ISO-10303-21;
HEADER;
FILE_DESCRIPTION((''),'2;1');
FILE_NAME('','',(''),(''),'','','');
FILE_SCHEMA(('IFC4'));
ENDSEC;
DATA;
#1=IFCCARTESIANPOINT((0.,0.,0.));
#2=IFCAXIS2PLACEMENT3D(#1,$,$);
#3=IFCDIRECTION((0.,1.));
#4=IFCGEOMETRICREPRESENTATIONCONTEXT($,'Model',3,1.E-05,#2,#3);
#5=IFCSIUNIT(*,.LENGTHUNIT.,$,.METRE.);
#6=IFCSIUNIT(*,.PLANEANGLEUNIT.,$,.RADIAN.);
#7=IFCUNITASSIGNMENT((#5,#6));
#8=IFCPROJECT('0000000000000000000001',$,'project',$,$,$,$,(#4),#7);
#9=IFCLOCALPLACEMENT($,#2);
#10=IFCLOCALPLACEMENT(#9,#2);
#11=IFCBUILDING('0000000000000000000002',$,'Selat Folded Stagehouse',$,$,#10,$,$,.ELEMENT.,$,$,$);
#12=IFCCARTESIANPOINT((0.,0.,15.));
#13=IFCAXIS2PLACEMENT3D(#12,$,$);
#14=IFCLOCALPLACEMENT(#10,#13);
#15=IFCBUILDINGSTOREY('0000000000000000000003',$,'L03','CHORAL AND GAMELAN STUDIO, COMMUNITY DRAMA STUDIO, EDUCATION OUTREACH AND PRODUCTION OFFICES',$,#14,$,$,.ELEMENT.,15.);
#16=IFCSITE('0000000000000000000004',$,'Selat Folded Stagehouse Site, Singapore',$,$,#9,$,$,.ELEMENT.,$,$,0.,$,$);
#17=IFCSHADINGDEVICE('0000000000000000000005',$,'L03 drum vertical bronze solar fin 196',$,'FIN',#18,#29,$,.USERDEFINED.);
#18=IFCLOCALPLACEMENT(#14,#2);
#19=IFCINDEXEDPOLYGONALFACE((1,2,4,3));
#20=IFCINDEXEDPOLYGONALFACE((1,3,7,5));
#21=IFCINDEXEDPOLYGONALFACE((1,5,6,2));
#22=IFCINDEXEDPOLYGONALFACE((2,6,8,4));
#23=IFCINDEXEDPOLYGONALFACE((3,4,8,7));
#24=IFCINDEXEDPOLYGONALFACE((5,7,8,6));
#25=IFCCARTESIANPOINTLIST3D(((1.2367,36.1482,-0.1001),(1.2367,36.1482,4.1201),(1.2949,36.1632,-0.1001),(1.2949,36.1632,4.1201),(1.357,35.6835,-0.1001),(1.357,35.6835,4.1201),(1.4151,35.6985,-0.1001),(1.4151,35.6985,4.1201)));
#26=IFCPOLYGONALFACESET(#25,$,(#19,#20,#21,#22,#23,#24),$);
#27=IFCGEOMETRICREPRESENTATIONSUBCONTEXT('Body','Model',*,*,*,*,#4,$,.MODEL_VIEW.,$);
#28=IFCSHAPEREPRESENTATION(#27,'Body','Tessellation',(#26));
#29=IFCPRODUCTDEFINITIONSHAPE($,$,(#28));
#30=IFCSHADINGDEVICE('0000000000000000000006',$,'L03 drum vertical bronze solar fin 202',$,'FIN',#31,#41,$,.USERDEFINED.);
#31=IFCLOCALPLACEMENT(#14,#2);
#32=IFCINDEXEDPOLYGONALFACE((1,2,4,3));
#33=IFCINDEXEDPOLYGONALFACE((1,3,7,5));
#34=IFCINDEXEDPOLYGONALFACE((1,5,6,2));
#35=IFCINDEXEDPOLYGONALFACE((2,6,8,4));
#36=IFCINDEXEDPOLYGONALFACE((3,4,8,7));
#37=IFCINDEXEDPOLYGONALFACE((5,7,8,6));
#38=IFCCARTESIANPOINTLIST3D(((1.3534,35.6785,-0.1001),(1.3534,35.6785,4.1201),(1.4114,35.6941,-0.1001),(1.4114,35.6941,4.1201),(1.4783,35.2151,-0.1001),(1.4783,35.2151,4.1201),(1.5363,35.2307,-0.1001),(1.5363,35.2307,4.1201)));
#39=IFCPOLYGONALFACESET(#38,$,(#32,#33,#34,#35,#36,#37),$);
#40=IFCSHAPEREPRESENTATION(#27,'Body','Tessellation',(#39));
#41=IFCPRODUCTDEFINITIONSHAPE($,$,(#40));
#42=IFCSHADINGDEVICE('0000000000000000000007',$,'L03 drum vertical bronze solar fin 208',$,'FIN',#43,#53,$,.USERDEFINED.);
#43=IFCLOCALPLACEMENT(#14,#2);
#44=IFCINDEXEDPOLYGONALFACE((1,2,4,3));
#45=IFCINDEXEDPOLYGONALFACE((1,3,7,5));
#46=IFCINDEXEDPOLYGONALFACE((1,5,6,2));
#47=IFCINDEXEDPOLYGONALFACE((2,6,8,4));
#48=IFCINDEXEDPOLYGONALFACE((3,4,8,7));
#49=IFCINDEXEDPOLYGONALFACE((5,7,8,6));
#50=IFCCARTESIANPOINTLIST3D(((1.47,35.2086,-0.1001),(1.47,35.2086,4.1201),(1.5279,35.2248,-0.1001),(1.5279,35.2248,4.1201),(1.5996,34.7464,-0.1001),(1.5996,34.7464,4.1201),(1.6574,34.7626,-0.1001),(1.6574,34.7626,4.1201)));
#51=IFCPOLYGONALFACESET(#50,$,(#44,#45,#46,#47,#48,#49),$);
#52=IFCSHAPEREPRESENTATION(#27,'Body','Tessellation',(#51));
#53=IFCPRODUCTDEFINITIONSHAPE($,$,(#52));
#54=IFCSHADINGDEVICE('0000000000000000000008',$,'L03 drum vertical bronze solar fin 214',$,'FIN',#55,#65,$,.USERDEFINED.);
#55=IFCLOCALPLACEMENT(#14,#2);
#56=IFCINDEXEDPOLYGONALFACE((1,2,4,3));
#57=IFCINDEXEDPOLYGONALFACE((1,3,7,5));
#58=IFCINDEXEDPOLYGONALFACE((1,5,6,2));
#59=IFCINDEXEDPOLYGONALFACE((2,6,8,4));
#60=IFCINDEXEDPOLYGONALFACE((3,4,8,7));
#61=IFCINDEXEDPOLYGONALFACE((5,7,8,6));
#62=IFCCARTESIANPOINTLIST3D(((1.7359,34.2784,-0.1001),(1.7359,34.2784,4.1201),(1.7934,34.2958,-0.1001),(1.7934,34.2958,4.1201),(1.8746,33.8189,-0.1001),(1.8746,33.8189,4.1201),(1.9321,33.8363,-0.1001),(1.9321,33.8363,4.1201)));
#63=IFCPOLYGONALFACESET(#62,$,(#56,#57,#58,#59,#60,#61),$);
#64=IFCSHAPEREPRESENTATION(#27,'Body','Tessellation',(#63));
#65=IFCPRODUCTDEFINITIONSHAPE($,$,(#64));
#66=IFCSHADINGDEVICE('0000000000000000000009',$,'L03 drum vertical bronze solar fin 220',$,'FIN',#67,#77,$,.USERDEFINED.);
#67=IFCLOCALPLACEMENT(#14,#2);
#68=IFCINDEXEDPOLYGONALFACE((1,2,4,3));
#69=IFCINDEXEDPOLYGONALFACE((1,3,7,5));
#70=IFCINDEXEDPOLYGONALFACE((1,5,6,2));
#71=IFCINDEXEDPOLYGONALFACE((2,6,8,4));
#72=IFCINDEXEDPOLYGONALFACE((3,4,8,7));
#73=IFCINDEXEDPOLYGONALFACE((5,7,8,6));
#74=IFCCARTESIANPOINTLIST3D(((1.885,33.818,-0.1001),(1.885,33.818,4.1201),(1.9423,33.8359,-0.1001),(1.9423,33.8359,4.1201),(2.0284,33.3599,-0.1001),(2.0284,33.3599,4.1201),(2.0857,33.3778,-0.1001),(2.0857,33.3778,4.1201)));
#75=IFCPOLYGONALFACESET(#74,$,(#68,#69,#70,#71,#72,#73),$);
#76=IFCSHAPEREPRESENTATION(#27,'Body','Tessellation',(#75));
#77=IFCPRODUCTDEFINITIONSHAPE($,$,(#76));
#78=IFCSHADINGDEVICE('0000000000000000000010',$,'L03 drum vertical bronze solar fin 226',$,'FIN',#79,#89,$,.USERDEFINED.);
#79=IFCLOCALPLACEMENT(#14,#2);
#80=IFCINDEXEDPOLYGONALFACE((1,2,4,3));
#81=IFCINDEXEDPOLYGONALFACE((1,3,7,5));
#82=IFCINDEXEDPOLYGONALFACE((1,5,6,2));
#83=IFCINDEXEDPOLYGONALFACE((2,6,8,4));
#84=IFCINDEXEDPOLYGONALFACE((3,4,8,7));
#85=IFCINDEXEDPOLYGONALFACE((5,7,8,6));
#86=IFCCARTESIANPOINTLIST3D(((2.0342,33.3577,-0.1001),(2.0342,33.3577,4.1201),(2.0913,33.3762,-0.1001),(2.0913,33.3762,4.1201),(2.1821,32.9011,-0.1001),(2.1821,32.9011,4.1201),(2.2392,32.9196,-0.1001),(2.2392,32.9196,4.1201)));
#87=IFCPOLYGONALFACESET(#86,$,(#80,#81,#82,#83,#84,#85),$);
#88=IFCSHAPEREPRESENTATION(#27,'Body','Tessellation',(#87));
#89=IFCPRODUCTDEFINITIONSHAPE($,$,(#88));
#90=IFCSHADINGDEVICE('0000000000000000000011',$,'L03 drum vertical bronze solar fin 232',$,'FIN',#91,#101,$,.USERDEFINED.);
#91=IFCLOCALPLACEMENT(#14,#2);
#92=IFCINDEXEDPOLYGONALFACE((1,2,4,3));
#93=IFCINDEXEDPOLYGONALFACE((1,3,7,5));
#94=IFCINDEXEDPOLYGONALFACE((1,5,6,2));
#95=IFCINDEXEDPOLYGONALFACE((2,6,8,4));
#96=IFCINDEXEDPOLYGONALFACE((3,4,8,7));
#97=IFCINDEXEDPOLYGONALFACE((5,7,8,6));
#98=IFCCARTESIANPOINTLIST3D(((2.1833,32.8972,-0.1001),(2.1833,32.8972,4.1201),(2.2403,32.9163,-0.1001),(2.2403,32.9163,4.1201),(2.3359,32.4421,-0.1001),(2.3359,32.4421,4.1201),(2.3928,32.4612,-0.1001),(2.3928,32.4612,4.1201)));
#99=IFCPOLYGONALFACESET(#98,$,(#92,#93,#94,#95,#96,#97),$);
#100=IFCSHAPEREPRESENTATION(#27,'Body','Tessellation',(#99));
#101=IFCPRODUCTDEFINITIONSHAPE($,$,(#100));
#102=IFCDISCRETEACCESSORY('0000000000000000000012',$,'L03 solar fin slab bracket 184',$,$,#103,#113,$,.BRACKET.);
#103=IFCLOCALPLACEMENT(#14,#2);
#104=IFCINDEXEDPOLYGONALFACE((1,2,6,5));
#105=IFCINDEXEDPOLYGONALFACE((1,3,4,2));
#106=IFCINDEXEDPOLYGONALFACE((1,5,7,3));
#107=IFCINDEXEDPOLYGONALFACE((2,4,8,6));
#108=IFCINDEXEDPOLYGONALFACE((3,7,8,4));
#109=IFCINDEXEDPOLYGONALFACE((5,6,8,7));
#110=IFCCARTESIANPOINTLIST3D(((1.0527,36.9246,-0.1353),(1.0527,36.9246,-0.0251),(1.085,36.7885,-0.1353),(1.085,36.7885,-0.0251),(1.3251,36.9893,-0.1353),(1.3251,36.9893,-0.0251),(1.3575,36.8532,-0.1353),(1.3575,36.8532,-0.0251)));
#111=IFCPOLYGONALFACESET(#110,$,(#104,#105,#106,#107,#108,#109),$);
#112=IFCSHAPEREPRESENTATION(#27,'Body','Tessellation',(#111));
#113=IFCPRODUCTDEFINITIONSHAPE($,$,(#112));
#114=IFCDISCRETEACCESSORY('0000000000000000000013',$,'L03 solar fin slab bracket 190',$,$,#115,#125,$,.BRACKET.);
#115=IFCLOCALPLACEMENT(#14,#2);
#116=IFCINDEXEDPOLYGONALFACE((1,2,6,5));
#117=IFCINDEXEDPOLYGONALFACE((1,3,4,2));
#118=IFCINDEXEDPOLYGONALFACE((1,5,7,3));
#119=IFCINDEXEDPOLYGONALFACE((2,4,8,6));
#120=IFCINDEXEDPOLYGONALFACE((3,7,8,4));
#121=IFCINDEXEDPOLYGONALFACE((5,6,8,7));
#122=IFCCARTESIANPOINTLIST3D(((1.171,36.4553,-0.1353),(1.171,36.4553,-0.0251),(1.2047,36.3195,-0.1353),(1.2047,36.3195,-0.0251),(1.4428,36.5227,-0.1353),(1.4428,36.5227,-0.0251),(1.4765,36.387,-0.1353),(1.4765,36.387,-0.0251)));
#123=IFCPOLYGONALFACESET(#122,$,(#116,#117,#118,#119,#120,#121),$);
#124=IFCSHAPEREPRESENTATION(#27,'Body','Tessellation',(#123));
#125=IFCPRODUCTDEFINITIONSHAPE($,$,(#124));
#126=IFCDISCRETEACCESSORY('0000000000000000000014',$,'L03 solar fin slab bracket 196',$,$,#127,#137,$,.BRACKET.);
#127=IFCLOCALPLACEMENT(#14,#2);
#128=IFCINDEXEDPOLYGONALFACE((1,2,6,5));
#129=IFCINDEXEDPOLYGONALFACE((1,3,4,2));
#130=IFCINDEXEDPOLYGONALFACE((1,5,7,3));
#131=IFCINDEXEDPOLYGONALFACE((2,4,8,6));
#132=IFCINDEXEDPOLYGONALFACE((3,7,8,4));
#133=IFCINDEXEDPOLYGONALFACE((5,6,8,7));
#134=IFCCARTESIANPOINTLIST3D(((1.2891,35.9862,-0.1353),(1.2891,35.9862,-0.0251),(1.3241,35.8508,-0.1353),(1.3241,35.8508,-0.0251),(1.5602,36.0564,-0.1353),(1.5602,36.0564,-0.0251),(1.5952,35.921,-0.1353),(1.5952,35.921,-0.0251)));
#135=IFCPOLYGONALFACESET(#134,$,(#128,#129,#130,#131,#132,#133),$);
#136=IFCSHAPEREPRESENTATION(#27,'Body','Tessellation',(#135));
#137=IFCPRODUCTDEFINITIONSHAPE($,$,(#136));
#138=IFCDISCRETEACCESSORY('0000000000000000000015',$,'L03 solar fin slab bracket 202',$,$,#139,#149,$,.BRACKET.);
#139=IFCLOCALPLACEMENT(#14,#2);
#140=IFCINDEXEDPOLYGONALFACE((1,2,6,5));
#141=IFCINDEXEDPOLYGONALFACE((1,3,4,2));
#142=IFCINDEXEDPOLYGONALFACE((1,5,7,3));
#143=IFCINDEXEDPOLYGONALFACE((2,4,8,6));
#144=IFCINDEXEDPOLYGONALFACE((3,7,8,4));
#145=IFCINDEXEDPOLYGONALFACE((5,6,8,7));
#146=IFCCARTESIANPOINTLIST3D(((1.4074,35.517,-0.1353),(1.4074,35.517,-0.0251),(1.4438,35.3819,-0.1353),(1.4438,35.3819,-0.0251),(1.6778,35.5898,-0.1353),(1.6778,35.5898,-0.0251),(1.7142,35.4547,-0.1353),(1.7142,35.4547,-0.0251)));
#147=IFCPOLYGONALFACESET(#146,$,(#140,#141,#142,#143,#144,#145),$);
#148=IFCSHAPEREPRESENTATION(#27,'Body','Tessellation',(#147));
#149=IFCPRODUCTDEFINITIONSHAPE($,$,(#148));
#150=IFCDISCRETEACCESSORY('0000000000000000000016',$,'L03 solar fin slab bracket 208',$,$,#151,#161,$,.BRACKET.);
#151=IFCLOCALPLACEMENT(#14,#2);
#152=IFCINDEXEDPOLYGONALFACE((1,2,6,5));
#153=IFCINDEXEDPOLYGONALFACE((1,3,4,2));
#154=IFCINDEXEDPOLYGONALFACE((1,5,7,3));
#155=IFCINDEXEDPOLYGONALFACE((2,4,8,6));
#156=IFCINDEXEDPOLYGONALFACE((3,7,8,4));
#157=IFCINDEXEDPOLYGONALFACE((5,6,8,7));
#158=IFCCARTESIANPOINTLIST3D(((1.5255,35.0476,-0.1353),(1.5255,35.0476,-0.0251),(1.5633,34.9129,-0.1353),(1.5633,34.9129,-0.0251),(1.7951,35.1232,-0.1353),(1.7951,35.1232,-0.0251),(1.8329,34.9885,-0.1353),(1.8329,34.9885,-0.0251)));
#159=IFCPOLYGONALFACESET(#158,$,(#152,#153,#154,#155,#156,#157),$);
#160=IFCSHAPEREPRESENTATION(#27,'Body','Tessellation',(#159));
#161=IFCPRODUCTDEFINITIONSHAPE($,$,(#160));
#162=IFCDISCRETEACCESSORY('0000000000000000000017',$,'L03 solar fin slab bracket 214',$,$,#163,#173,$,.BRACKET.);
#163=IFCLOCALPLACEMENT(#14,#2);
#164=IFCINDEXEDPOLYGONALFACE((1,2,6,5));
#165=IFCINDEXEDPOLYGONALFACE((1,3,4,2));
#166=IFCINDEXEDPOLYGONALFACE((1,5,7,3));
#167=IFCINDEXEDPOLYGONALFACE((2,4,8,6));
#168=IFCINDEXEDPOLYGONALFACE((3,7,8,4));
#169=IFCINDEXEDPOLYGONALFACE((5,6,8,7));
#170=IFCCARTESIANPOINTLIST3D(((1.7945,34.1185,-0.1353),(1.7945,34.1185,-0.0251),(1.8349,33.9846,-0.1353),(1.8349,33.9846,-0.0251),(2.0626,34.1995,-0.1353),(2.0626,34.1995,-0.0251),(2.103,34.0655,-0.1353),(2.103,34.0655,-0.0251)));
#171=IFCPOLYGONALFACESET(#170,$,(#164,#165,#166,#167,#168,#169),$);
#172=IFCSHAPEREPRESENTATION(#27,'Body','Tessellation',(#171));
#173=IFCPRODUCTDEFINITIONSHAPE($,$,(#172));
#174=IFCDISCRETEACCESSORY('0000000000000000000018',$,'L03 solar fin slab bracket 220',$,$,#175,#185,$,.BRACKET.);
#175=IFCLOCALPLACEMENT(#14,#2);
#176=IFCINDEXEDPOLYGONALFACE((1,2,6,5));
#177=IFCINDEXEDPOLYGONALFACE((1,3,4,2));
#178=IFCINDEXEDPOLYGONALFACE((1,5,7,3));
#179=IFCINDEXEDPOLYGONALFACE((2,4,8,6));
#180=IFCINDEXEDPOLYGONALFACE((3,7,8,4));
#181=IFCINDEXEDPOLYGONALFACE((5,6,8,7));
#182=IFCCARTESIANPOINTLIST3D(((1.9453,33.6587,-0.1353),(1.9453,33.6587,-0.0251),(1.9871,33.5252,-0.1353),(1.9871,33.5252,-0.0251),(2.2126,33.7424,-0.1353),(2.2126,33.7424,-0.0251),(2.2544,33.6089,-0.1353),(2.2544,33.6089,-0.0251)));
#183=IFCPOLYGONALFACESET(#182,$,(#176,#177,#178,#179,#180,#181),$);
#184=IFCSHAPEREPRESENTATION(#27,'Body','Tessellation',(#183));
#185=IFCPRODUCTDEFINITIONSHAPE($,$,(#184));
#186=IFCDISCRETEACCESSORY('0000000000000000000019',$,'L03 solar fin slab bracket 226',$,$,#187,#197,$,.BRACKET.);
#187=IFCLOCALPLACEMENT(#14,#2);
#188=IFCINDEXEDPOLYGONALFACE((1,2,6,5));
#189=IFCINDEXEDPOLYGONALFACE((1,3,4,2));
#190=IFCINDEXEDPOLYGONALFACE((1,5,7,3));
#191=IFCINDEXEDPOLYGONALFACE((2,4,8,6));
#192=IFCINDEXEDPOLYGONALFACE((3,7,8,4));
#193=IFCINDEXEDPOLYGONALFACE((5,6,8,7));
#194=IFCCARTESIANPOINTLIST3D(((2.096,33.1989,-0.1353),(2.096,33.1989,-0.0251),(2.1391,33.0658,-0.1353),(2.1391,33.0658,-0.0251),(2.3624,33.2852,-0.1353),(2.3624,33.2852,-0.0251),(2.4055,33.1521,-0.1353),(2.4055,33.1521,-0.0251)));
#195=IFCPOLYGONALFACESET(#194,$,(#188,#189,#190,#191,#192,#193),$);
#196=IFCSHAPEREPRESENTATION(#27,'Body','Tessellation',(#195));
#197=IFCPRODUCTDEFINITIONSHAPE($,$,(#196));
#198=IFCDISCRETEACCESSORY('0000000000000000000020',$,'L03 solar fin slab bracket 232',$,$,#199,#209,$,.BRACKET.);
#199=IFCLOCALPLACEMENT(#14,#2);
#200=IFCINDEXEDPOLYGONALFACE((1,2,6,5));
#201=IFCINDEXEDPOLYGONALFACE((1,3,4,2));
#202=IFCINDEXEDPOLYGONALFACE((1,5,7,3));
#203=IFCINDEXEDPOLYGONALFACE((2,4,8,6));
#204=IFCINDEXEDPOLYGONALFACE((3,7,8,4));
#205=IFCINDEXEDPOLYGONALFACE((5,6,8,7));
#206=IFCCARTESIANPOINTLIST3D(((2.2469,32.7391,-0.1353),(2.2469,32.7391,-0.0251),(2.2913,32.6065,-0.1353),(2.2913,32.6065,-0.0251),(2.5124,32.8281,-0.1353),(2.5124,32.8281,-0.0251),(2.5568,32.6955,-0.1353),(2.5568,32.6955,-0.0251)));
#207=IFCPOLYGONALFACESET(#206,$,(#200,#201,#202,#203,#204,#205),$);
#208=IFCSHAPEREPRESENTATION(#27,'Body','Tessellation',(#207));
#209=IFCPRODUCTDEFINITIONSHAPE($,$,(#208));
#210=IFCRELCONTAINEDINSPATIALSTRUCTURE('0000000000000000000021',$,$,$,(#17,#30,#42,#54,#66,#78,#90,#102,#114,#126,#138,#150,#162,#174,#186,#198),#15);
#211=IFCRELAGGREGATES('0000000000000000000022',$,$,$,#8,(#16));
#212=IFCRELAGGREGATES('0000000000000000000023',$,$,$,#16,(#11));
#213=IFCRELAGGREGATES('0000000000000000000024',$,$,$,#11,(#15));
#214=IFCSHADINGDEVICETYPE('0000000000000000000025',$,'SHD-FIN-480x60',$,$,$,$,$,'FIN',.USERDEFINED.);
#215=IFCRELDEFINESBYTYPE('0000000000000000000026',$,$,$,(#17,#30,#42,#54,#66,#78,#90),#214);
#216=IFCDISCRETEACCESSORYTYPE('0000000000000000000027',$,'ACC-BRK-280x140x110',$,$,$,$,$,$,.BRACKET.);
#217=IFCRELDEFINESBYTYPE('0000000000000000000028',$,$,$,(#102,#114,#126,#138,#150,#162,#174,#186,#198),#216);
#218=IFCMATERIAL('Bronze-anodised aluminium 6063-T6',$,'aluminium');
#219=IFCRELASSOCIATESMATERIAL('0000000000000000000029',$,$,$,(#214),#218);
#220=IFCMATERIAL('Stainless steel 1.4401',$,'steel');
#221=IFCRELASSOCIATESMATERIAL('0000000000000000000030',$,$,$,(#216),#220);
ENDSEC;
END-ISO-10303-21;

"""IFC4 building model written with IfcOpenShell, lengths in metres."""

from ifc_helpers import new_model, si_unit, direction, frame, origin, origin_2d, place, context, subcontext, project, spatial, rectangle, extrude, material, material_profile, profile_set, type_object, element, save


model = new_model("IFC4")

# Units and contexts
model_context = context("Model", 3, precision=1e-05, world=origin(), true_north=direction((0.0, 1.0)))
body_context = subcontext(model_context, "Body", "Model", "MODEL_VIEW")
ifc_project = project(units=[si_unit("LENGTHUNIT", "METRE"), si_unit("PLANEANGLEUNIT", "RADIAN")], contexts=[model_context])

# Site, building, storey
site_placement = place(None, origin())
site = spatial("IfcSite", under=ifc_project, at=site_placement, Name="Selat Folded Stagehouse Site, Singapore", CompositionType="ELEMENT", RefElevation=0.0)
building_placement = place(site_placement, origin())
building = spatial("IfcBuilding", under=site, at=building_placement, Name="Selat Folded Stagehouse", CompositionType="ELEMENT")
storey_placement = place(building_placement, frame((0.0, 0.0, 15.0)))
storey = spatial("IfcBuildingStorey", under=building, at=storey_placement, Name="L03", Description="CHORAL AND GAMELAN STUDIO, COMMUNITY DRAMA STUDIO, EDUCATION OUTREACH AND PRODUCTION OFFICES", CompositionType="ELEMENT", Elevation=15.0)

# Shading devices
ifc_material_1 = material(Name="Bronze-anodised aluminium 6063-T6", Category="aluminium")
ifc_material_profile_1 = material_profile(ifc_material_1, rectangle(XDim=0.0601, YDim=0.48, at=origin_2d()), Name="SOLAR-FIN 480x60")
ifc_profile_set_1 = profile_set([ifc_material_profile_1], Name="Bronze-anodised aluminium 6063-T6")
shading_device_type = type_object("IfcShadingDeviceType", Name="SHD-FIN-480x60", ElementType="FIN", PredefinedType="USERDEFINED", material=ifc_profile_set_1)
for number, where, z_axis, x_axis, name in (
    (1, (1.3259, 35.9233, -0.1001), (0.0, 0.0, 1.0), (-0.968104, -0.250549, 0.0), "L03 drum vertical bronze solar fin 196"),
    (2, (1.4448, 35.4546, -0.1001), (0.0, 0.0, 1.0), (-0.965564, -0.260167, 0.0), "L03 drum vertical bronze solar fin 202"),
    (3, (1.5637, 34.9856, -0.1001), (0.0, 0.0, 1.0), (-0.96288, -0.269928, 0.0), "L03 drum vertical bronze solar fin 208"),
    (4, (1.834, 34.0574, -0.1001), (0.0, 0.0, 1.0), (-0.957319, -0.289032, 0.0), "L03 drum vertical bronze solar fin 214"),
    (5, (1.9854, 33.5979, -0.1001), (0.0, 0.0, 1.0), (-0.954345, -0.298708, 0.0), "L03 drum vertical bronze solar fin 220"),
    (6, (2.1367, 33.1387, -0.1001), (0.0, 0.0, 1.0), (-0.951326, -0.308187, 0.0), "L03 drum vertical bronze solar fin 226"),
    (7, (2.2881, 32.6792, -0.1001), (0.0, 0.0, 1.0), (-0.948157, -0.317801, 0.0), "L03 drum vertical bronze solar fin 232"),
):
    element("IfcShadingDevice", number, at=place(storey_placement, frame(where, z_axis=z_axis, x_axis=x_axis)), inside=storey, type_object=shading_device_type, Name=name, ObjectType="FIN", PredefinedType="USERDEFINED", context=body_context, shape_type="SweptSolid", body=[
        extrude(rectangle(XDim=0.0601, YDim=0.48, at=origin_2d()), origin(), (0.0, 0.0, 1.0), 4.2202),
    ])

# Discrete accessories
ifc_material_2 = material(Name="Stainless steel 1.4401", Category="steel")
discrete_accessory_type = type_object("IfcDiscreteAccessoryType", Name="ACC-BRK-280x140x110", PredefinedType="BRACKET", material=ifc_material_2)
for number, where, z_axis, x_axis, name in (
    (8, (1.2051, 36.8889, -0.1353), (0.0, 0.0, 1.0), (-0.972937, -0.231069, 0.0), "L03 solar fin slab bracket 184"),
    (9, (1.3237, 36.4211, -0.1353), (0.0, 0.0, 1.0), (-0.970591, -0.240736, 0.0), "L03 solar fin slab bracket 190"),
    (10, (1.4421, 35.9536, -0.1353), (0.0, 0.0, 1.0), (-0.968104, -0.250549, 0.0), "L03 solar fin slab bracket 196"),
    (11, (1.5608, 35.4858, -0.1353), (0.0, 0.0, 1.0), (-0.965564, -0.260167, 0.0), "L03 solar fin slab bracket 202"),
    (12, (1.6792, 35.0181, -0.1353), (0.0, 0.0, 1.0), (-0.96288, -0.269928, 0.0), "L03 solar fin slab bracket 208"),
    (13, (1.9487, 34.092, -0.1353), (0.0, 0.0, 1.0), (-0.957319, -0.289032, 0.0), "L03 solar fin slab bracket 214"),
    (14, (2.0999, 33.6338, -0.1353), (0.0, 0.0, 1.0), (-0.954345, -0.298708, 0.0), "L03 solar fin slab bracket 220"),
    (15, (2.2507, 33.1755, -0.1353), (0.0, 0.0, 1.0), (-0.951326, -0.308187, 0.0), "L03 solar fin slab bracket 226"),
    (16, (2.4019, 32.7173, -0.1353), (0.0, 0.0, 1.0), (-0.948157, -0.317801, 0.0), "L03 solar fin slab bracket 232"),
):
    element("IfcDiscreteAccessory", number, at=place(storey_placement, frame(where, z_axis=z_axis, x_axis=x_axis)), inside=storey, type_object=discrete_accessory_type, Name=name, PredefinedType="BRACKET", context=body_context, shape_type="SweptSolid", body=[
        extrude(rectangle(XDim=0.28, YDim=0.1399, at=origin_2d()), origin(), (0.0, 0.0, 1.0), 0.1101),
    ])

save(model, "model.ifc")
